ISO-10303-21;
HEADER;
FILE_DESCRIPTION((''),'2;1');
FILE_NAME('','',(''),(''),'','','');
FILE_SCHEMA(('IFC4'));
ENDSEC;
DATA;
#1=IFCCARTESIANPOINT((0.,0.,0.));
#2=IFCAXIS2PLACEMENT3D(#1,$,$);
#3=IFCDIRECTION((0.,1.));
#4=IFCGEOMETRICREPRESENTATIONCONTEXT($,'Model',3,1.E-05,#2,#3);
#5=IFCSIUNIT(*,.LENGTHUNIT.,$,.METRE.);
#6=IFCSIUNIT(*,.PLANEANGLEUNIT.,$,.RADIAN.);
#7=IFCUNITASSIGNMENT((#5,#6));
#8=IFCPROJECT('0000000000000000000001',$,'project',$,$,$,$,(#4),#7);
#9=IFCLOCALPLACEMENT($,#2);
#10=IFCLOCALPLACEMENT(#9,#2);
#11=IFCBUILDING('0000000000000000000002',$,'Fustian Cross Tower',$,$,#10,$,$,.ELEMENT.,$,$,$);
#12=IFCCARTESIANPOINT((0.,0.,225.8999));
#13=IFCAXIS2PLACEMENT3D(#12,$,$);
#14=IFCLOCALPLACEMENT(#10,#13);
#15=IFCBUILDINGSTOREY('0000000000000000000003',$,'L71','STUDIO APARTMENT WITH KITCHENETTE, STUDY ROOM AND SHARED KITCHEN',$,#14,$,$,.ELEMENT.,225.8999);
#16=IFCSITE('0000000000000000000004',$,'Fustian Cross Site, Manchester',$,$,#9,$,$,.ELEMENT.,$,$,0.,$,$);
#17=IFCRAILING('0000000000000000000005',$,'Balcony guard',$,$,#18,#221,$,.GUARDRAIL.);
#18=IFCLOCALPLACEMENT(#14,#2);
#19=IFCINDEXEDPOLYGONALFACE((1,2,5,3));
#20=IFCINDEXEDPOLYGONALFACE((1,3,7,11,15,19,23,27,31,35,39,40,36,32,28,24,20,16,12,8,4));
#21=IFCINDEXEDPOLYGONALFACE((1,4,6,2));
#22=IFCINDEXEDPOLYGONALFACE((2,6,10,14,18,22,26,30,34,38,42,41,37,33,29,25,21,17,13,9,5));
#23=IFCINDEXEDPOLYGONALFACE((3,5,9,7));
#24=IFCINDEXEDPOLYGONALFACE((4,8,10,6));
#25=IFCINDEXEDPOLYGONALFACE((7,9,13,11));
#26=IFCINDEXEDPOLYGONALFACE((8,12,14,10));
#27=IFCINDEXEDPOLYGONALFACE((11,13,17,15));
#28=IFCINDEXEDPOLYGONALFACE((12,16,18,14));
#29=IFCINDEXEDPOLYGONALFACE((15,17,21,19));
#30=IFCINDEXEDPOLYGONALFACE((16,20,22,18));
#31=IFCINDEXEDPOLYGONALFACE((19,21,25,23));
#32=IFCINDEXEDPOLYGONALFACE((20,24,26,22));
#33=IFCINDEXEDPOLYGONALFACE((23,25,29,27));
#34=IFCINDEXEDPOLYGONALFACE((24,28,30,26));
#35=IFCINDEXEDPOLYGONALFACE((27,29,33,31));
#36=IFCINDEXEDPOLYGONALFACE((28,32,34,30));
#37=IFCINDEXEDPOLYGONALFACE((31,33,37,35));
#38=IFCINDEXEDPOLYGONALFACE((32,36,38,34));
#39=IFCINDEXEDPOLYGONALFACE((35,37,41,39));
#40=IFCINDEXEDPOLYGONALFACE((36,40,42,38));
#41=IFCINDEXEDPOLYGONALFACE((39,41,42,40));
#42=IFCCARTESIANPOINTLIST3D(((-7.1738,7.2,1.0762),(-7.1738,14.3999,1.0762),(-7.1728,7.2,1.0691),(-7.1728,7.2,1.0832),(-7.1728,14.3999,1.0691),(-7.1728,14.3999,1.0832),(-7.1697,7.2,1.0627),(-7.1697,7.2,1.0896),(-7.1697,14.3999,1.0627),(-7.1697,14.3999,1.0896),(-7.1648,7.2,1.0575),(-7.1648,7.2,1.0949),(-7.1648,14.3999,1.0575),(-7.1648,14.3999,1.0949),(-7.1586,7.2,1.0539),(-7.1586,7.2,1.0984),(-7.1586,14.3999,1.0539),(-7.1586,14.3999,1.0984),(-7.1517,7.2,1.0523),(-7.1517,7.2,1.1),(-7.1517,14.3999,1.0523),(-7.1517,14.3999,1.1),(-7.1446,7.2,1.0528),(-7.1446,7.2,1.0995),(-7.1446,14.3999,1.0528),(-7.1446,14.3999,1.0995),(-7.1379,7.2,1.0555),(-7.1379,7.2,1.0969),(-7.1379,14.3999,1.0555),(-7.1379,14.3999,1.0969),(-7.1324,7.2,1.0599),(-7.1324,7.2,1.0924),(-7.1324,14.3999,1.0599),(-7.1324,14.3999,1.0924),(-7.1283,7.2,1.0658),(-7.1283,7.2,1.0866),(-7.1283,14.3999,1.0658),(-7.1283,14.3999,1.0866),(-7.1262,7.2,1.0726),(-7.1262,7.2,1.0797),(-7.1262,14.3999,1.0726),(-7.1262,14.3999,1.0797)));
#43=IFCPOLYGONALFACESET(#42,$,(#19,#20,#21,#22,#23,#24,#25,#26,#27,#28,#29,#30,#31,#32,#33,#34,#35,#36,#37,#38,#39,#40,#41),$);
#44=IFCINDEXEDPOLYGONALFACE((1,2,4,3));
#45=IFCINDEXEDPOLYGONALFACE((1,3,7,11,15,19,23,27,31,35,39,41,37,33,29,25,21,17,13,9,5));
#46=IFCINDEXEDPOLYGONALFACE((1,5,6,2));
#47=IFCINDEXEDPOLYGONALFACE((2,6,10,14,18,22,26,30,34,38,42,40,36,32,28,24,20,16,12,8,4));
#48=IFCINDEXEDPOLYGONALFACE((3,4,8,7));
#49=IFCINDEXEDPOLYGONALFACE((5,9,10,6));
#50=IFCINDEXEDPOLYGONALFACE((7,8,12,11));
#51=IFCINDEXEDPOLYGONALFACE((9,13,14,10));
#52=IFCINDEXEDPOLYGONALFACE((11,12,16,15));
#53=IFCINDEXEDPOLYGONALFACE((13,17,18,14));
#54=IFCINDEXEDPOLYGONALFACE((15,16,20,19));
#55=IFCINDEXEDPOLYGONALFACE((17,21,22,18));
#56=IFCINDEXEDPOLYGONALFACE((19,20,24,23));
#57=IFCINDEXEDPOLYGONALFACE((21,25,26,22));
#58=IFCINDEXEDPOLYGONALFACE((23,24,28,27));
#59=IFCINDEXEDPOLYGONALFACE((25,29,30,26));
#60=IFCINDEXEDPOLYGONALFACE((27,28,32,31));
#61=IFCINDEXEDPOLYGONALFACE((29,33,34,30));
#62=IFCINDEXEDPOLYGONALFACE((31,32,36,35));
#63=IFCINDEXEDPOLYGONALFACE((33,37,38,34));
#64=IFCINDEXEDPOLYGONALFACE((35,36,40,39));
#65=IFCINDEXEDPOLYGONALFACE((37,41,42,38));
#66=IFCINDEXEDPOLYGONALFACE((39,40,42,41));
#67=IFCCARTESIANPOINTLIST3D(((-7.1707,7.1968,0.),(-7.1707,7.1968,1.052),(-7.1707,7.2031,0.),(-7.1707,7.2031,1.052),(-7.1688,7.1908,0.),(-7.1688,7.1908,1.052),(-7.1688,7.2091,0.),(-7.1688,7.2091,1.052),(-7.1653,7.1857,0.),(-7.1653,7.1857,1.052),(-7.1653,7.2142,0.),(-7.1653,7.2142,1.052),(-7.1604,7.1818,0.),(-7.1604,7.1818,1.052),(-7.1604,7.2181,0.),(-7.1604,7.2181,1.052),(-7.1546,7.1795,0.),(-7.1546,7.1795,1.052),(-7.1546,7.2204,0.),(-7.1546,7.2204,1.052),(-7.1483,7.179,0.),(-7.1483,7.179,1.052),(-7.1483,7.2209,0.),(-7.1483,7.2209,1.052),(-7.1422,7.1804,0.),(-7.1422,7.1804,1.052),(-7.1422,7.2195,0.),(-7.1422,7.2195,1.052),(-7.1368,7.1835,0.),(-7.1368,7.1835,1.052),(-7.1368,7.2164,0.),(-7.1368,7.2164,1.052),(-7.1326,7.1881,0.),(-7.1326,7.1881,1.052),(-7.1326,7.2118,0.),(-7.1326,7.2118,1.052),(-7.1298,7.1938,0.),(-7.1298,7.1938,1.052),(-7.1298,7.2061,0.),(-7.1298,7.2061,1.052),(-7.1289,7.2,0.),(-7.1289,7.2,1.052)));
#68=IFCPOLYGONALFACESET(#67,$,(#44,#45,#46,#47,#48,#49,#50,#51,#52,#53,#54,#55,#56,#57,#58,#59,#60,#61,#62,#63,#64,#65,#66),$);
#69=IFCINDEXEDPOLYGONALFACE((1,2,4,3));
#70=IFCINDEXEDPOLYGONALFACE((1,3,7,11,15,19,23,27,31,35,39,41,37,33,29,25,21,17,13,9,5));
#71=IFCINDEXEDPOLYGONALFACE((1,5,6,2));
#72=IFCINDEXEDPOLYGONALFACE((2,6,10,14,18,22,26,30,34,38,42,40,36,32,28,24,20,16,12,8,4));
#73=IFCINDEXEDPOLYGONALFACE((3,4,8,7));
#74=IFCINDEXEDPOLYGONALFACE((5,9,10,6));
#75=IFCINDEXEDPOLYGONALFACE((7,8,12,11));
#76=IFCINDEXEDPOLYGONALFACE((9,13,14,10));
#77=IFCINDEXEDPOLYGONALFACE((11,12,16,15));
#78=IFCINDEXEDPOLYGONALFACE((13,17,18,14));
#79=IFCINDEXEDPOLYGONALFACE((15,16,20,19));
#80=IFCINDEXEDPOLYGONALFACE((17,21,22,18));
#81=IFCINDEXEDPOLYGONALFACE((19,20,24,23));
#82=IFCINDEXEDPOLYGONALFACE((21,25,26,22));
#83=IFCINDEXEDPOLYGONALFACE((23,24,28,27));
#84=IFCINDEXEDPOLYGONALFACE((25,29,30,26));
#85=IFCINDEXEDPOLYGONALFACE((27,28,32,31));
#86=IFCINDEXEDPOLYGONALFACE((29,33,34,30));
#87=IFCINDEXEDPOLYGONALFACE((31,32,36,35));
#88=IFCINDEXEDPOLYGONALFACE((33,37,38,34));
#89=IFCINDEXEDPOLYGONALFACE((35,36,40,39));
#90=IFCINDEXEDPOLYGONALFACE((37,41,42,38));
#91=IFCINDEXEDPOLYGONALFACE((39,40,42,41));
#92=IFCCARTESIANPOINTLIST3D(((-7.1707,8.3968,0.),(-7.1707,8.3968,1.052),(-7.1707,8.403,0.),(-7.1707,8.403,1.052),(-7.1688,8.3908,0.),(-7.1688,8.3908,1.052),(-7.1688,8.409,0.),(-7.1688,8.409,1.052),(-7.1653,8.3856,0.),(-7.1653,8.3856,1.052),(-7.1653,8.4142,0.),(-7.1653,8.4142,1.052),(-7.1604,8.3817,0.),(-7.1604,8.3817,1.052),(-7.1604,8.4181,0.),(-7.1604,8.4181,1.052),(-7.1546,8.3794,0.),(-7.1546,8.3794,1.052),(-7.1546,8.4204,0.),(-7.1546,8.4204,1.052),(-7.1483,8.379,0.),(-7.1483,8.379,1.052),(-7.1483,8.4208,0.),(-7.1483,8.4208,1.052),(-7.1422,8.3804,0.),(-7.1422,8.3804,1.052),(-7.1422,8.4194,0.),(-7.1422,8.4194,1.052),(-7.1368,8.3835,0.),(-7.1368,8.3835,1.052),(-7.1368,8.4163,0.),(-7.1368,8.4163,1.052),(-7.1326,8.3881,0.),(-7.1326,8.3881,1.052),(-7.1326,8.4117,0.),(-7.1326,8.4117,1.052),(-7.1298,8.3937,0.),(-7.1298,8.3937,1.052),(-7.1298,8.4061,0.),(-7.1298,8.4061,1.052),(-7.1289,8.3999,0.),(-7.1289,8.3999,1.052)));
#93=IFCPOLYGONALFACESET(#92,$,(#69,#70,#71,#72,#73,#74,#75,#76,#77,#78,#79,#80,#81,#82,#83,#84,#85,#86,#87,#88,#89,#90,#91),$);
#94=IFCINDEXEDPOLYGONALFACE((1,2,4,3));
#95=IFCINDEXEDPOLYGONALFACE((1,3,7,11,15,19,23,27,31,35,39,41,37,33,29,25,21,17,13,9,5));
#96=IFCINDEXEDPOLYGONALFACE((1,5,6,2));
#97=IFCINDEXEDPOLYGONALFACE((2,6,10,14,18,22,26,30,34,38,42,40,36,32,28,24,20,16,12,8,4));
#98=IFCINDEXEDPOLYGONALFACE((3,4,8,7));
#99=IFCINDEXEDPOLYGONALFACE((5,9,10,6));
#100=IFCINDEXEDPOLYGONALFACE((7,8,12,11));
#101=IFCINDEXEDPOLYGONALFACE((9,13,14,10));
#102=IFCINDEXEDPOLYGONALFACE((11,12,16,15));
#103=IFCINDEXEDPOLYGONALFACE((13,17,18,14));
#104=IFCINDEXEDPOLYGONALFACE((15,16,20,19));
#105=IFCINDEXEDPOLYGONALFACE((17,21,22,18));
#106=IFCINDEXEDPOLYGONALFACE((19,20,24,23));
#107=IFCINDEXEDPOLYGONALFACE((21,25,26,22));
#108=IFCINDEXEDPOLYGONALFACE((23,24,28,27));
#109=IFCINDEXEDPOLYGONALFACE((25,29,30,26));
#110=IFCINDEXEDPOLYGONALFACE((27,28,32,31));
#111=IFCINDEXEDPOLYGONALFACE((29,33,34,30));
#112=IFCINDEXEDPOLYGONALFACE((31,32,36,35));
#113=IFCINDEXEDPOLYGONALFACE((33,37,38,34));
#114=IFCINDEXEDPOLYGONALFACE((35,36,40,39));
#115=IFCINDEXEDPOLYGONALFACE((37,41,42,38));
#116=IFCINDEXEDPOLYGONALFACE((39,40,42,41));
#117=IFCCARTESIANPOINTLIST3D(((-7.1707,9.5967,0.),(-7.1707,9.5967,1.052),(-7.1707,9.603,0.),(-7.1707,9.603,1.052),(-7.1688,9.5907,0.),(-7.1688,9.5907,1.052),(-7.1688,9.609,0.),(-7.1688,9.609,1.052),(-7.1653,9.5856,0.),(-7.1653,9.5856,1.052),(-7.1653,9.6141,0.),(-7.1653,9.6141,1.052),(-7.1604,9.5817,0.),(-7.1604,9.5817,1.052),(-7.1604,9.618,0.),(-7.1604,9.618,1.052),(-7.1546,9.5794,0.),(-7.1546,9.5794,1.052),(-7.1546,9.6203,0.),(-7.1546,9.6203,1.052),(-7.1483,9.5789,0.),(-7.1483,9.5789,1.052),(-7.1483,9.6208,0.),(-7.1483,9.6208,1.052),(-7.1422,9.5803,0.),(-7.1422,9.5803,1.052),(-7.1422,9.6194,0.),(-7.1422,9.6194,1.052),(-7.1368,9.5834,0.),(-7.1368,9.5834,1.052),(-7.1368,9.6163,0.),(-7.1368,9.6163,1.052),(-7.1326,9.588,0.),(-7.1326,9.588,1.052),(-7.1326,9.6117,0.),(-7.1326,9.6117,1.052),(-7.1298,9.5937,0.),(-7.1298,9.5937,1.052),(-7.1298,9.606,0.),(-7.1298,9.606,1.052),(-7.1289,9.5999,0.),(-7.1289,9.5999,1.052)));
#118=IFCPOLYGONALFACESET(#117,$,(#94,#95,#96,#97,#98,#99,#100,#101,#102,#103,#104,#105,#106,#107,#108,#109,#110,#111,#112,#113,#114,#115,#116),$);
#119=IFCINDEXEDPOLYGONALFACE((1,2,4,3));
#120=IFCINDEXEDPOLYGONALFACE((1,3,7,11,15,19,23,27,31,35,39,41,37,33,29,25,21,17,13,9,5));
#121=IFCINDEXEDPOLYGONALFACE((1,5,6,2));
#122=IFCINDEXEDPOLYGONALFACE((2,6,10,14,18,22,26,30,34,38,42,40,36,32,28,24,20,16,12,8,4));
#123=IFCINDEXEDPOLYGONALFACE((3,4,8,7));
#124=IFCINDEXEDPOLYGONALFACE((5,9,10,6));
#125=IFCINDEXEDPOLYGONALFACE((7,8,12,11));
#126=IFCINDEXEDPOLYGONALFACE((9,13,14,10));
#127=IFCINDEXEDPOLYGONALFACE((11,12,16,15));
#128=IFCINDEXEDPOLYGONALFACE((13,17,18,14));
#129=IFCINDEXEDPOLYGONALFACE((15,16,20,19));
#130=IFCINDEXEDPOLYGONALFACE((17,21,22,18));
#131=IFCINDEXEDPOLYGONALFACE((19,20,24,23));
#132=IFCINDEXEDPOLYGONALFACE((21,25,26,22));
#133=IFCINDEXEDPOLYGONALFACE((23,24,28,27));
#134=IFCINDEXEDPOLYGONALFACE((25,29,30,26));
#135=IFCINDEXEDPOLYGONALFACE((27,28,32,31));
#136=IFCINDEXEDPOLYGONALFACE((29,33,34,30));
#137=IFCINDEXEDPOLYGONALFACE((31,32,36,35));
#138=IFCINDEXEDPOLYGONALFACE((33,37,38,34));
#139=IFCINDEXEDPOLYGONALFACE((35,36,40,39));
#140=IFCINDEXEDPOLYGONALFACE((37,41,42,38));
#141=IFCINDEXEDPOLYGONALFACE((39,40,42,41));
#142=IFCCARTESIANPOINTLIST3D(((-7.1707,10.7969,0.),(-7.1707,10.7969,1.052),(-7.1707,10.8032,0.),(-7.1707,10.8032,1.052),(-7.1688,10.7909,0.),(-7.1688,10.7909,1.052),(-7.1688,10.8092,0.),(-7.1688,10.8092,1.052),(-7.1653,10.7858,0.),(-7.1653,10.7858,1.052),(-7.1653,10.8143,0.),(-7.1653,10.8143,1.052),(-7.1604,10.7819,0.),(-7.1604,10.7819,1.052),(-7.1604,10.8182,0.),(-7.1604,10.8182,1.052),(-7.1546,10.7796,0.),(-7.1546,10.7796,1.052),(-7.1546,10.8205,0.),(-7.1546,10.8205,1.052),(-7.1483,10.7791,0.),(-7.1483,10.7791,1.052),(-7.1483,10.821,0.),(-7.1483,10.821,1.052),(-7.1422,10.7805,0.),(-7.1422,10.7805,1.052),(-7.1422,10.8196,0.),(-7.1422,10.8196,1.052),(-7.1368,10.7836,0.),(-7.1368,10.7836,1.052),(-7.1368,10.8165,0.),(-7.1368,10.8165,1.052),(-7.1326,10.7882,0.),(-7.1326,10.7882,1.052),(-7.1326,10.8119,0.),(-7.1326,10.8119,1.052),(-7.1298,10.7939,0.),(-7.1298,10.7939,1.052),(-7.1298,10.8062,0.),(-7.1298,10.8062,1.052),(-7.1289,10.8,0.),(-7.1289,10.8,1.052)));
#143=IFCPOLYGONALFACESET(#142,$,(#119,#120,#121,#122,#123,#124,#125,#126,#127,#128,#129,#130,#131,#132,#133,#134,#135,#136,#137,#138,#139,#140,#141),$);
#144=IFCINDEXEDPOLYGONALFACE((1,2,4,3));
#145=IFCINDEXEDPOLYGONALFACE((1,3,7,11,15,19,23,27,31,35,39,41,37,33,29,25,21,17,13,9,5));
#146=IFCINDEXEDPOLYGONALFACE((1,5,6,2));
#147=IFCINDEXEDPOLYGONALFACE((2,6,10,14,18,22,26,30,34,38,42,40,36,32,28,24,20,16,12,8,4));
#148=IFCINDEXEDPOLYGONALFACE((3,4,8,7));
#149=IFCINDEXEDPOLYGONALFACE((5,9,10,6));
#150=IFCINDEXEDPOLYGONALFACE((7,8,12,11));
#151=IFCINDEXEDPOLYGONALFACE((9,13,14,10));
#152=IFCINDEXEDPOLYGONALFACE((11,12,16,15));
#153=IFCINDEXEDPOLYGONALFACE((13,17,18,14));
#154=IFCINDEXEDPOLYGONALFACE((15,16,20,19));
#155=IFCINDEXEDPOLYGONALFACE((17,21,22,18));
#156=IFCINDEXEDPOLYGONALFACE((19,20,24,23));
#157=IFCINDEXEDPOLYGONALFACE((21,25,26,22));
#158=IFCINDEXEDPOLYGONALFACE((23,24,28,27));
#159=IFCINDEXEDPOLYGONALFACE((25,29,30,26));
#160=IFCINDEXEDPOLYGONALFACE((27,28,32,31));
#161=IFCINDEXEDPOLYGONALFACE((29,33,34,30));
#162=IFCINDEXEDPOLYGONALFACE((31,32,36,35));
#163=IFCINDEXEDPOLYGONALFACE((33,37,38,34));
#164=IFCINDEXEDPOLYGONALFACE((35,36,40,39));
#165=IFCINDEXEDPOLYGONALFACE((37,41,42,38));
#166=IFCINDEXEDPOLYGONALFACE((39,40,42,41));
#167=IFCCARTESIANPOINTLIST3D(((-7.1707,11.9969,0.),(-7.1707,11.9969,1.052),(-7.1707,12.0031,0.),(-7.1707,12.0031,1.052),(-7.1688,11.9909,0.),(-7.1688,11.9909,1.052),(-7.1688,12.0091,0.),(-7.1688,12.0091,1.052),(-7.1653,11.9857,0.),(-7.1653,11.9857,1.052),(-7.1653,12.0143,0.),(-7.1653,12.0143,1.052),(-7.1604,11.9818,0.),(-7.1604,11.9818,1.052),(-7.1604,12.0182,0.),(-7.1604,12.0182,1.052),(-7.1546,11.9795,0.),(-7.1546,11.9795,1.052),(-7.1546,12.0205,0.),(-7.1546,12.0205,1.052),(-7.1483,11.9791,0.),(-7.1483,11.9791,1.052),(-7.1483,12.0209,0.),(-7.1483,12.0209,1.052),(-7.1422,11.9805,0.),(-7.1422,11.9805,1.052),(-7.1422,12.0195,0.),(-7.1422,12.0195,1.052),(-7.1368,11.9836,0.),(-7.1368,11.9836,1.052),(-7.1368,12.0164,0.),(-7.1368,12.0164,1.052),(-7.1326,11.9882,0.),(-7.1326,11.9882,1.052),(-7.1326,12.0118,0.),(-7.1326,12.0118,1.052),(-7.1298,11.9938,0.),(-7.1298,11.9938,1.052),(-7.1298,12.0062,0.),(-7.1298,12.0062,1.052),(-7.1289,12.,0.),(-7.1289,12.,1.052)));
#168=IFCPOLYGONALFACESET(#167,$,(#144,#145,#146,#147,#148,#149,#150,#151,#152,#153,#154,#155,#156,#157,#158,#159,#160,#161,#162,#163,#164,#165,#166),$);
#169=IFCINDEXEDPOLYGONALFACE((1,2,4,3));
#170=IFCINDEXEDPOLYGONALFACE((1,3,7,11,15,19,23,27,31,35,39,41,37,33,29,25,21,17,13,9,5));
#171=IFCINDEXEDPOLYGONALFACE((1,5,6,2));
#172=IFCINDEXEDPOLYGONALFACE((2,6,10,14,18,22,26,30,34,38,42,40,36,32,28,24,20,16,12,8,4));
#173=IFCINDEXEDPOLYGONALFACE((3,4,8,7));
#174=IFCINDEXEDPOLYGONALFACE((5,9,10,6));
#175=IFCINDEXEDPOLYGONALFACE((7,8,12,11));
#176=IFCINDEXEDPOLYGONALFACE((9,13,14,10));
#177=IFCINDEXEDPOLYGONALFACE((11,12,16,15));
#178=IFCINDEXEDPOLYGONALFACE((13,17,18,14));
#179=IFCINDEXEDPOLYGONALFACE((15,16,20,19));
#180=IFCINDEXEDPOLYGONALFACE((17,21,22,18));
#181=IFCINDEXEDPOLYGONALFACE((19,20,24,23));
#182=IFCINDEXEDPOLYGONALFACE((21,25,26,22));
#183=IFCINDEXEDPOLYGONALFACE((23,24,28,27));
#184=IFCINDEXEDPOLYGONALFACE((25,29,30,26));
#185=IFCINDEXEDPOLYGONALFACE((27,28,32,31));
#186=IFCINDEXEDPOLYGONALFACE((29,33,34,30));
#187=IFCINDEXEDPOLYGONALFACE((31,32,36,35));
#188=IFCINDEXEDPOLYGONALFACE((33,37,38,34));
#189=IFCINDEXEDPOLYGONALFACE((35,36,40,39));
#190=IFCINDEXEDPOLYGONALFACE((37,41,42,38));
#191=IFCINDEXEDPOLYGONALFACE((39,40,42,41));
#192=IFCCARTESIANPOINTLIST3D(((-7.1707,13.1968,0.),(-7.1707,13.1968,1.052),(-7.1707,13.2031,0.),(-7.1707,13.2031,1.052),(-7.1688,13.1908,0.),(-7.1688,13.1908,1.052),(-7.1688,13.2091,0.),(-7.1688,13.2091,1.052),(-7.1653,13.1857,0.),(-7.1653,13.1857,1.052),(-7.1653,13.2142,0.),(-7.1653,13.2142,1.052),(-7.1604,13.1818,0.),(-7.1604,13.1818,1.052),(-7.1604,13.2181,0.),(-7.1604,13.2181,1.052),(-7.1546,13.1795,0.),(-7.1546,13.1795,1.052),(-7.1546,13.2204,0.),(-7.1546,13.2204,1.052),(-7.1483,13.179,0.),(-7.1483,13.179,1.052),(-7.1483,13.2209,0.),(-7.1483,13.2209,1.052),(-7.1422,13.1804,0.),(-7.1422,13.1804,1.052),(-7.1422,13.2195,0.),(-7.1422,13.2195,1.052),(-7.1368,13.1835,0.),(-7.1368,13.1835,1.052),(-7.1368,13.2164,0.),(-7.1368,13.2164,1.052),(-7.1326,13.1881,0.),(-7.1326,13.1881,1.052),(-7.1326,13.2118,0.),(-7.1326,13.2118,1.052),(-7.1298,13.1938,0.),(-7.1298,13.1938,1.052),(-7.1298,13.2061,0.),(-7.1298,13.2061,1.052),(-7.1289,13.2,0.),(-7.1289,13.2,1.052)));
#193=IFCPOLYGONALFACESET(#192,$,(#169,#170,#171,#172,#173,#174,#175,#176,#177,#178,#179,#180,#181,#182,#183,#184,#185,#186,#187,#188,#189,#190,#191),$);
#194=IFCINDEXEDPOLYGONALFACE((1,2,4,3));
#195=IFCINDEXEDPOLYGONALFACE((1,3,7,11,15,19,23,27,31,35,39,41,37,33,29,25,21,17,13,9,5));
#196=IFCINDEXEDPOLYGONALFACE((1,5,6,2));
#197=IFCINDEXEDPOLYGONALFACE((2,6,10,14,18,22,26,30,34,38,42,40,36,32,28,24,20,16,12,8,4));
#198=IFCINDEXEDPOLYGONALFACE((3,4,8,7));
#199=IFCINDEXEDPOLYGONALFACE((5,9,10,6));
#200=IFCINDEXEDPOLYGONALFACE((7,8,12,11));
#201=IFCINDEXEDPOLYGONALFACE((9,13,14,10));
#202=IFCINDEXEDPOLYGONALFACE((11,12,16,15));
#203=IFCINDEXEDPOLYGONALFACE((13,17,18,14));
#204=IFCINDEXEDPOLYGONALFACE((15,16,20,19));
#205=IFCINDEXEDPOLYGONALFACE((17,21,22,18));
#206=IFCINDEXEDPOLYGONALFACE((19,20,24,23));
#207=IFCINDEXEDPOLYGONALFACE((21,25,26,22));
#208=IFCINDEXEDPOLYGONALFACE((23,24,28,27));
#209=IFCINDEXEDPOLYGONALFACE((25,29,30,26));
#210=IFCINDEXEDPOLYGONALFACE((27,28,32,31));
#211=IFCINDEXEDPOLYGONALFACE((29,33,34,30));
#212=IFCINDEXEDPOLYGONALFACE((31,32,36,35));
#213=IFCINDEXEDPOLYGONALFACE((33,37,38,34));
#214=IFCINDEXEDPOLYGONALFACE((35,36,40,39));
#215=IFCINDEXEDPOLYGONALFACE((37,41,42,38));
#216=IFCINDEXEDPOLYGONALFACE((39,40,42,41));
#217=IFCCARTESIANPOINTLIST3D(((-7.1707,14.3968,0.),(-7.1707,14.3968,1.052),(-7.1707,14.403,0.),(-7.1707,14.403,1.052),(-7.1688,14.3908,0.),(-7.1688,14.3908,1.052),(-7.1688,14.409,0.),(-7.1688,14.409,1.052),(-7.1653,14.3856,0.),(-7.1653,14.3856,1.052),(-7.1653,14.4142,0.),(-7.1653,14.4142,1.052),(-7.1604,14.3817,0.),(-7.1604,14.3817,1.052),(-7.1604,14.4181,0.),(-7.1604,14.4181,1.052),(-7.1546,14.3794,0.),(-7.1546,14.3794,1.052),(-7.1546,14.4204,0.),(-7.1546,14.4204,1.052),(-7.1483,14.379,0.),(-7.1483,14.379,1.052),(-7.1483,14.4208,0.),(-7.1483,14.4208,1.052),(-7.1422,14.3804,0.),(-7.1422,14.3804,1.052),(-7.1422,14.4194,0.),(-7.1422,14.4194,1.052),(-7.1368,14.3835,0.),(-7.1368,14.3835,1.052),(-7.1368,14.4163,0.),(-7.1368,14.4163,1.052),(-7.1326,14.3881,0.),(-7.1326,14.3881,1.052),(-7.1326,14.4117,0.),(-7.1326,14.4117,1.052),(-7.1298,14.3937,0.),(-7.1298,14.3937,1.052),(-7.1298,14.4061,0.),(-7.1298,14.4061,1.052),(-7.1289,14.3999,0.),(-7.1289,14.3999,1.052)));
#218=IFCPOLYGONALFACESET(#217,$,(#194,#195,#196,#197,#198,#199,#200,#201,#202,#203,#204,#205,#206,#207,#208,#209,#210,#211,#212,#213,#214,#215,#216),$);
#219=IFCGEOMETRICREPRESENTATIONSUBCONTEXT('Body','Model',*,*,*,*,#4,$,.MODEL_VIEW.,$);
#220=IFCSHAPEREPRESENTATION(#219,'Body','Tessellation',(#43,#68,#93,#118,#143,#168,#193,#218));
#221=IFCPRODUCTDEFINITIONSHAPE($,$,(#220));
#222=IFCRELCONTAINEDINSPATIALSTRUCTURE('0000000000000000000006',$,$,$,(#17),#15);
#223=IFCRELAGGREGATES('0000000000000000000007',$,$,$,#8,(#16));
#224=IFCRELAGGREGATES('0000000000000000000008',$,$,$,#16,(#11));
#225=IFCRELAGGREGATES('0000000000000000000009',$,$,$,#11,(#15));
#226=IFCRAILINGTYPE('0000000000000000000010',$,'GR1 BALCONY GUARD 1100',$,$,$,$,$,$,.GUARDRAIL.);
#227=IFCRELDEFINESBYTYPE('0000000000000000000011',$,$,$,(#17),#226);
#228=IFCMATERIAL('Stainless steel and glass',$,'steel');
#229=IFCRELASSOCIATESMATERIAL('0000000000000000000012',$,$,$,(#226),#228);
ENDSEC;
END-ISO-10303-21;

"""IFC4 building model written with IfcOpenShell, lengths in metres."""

from ifc_helpers import new_model, si_unit, direction, frame, origin, origin_2d, place, context, subcontext, project, spatial, circle, extrude, material, type_object, element, save


model = new_model("IFC4")

# Units and contexts
model_context = context("Model", 3, precision=1e-05, world=origin(), true_north=direction((0.0, 1.0)))
body_context = subcontext(model_context, "Body", "Model", "MODEL_VIEW")
ifc_project = project(units=[si_unit("LENGTHUNIT", "METRE"), si_unit("PLANEANGLEUNIT", "RADIAN")], contexts=[model_context])

# Site, building, storey
site_placement = place(None, origin())
site = spatial("IfcSite", under=ifc_project, at=site_placement, Name="Fustian Cross Site, Manchester", CompositionType="ELEMENT", RefElevation=0.0)
building_placement = place(site_placement, origin())
building = spatial("IfcBuilding", under=site, at=building_placement, Name="Fustian Cross Tower", CompositionType="ELEMENT")
storey_placement = place(building_placement, frame((0.0, 0.0, 225.8999)))
storey = spatial("IfcBuildingStorey", under=building, at=storey_placement, Name="L71", Description="STUDIO APARTMENT WITH KITCHENETTE, STUDY ROOM AND SHARED KITCHEN", CompositionType="ELEMENT", Elevation=225.8999)

# Railing
ifc_material_1 = material(Name="Stainless steel and glass", Category="steel")
railing_type = type_object("IfcRailingType", Name="GR1 BALCONY GUARD 1100", PredefinedType="GUARDRAIL", material=ifc_material_1)
railing_placement = place(storey_placement, frame((-7.1499, 7.2, 0.0)))
element("IfcRailing", 1, at=railing_placement, inside=storey, type_object=railing_type, Name="Balcony guard", PredefinedType="GUARDRAIL", context=body_context, shape_type="SweptSolid", body=[
    extrude(circle(Radius=0.0239, at=origin_2d()), frame((0.0, 0.0, 1.0762), z_axis=(0.0, 1.0, 0.0), x_axis=(-1.0, 0.0, 0.0)), (0.0, 0.0, 1.0), 7.2),
    extrude(circle(Radius=0.021, at=origin_2d()), origin(), (0.0, 0.0, 1.0), 1.052),
    extrude(circle(Radius=0.021, at=origin_2d()), frame((0.0, 1.2, 0.0)), (0.0, 0.0, 1.0), 1.052),
    extrude(circle(Radius=0.021, at=origin_2d()), frame((0.0, 2.3999, 0.0)), (0.0, 0.0, 1.0), 1.052),
    extrude(circle(Radius=0.021, at=origin_2d()), frame((0.0, 3.6001, 0.0)), (0.0, 0.0, 1.0), 1.052),
    extrude(circle(Radius=0.021, at=origin_2d()), frame((0.0, 4.8, 0.0)), (0.0, 0.0, 1.0), 1.052),
    extrude(circle(Radius=0.021, at=origin_2d()), frame((0.0, 6.0, 0.0)), (0.0, 0.0, 1.0), 1.052),
    extrude(circle(Radius=0.021, at=origin_2d()), frame((0.0, 7.2, 0.0)), (0.0, 0.0, 1.0), 1.052),
])

save(model, "model.ifc")
